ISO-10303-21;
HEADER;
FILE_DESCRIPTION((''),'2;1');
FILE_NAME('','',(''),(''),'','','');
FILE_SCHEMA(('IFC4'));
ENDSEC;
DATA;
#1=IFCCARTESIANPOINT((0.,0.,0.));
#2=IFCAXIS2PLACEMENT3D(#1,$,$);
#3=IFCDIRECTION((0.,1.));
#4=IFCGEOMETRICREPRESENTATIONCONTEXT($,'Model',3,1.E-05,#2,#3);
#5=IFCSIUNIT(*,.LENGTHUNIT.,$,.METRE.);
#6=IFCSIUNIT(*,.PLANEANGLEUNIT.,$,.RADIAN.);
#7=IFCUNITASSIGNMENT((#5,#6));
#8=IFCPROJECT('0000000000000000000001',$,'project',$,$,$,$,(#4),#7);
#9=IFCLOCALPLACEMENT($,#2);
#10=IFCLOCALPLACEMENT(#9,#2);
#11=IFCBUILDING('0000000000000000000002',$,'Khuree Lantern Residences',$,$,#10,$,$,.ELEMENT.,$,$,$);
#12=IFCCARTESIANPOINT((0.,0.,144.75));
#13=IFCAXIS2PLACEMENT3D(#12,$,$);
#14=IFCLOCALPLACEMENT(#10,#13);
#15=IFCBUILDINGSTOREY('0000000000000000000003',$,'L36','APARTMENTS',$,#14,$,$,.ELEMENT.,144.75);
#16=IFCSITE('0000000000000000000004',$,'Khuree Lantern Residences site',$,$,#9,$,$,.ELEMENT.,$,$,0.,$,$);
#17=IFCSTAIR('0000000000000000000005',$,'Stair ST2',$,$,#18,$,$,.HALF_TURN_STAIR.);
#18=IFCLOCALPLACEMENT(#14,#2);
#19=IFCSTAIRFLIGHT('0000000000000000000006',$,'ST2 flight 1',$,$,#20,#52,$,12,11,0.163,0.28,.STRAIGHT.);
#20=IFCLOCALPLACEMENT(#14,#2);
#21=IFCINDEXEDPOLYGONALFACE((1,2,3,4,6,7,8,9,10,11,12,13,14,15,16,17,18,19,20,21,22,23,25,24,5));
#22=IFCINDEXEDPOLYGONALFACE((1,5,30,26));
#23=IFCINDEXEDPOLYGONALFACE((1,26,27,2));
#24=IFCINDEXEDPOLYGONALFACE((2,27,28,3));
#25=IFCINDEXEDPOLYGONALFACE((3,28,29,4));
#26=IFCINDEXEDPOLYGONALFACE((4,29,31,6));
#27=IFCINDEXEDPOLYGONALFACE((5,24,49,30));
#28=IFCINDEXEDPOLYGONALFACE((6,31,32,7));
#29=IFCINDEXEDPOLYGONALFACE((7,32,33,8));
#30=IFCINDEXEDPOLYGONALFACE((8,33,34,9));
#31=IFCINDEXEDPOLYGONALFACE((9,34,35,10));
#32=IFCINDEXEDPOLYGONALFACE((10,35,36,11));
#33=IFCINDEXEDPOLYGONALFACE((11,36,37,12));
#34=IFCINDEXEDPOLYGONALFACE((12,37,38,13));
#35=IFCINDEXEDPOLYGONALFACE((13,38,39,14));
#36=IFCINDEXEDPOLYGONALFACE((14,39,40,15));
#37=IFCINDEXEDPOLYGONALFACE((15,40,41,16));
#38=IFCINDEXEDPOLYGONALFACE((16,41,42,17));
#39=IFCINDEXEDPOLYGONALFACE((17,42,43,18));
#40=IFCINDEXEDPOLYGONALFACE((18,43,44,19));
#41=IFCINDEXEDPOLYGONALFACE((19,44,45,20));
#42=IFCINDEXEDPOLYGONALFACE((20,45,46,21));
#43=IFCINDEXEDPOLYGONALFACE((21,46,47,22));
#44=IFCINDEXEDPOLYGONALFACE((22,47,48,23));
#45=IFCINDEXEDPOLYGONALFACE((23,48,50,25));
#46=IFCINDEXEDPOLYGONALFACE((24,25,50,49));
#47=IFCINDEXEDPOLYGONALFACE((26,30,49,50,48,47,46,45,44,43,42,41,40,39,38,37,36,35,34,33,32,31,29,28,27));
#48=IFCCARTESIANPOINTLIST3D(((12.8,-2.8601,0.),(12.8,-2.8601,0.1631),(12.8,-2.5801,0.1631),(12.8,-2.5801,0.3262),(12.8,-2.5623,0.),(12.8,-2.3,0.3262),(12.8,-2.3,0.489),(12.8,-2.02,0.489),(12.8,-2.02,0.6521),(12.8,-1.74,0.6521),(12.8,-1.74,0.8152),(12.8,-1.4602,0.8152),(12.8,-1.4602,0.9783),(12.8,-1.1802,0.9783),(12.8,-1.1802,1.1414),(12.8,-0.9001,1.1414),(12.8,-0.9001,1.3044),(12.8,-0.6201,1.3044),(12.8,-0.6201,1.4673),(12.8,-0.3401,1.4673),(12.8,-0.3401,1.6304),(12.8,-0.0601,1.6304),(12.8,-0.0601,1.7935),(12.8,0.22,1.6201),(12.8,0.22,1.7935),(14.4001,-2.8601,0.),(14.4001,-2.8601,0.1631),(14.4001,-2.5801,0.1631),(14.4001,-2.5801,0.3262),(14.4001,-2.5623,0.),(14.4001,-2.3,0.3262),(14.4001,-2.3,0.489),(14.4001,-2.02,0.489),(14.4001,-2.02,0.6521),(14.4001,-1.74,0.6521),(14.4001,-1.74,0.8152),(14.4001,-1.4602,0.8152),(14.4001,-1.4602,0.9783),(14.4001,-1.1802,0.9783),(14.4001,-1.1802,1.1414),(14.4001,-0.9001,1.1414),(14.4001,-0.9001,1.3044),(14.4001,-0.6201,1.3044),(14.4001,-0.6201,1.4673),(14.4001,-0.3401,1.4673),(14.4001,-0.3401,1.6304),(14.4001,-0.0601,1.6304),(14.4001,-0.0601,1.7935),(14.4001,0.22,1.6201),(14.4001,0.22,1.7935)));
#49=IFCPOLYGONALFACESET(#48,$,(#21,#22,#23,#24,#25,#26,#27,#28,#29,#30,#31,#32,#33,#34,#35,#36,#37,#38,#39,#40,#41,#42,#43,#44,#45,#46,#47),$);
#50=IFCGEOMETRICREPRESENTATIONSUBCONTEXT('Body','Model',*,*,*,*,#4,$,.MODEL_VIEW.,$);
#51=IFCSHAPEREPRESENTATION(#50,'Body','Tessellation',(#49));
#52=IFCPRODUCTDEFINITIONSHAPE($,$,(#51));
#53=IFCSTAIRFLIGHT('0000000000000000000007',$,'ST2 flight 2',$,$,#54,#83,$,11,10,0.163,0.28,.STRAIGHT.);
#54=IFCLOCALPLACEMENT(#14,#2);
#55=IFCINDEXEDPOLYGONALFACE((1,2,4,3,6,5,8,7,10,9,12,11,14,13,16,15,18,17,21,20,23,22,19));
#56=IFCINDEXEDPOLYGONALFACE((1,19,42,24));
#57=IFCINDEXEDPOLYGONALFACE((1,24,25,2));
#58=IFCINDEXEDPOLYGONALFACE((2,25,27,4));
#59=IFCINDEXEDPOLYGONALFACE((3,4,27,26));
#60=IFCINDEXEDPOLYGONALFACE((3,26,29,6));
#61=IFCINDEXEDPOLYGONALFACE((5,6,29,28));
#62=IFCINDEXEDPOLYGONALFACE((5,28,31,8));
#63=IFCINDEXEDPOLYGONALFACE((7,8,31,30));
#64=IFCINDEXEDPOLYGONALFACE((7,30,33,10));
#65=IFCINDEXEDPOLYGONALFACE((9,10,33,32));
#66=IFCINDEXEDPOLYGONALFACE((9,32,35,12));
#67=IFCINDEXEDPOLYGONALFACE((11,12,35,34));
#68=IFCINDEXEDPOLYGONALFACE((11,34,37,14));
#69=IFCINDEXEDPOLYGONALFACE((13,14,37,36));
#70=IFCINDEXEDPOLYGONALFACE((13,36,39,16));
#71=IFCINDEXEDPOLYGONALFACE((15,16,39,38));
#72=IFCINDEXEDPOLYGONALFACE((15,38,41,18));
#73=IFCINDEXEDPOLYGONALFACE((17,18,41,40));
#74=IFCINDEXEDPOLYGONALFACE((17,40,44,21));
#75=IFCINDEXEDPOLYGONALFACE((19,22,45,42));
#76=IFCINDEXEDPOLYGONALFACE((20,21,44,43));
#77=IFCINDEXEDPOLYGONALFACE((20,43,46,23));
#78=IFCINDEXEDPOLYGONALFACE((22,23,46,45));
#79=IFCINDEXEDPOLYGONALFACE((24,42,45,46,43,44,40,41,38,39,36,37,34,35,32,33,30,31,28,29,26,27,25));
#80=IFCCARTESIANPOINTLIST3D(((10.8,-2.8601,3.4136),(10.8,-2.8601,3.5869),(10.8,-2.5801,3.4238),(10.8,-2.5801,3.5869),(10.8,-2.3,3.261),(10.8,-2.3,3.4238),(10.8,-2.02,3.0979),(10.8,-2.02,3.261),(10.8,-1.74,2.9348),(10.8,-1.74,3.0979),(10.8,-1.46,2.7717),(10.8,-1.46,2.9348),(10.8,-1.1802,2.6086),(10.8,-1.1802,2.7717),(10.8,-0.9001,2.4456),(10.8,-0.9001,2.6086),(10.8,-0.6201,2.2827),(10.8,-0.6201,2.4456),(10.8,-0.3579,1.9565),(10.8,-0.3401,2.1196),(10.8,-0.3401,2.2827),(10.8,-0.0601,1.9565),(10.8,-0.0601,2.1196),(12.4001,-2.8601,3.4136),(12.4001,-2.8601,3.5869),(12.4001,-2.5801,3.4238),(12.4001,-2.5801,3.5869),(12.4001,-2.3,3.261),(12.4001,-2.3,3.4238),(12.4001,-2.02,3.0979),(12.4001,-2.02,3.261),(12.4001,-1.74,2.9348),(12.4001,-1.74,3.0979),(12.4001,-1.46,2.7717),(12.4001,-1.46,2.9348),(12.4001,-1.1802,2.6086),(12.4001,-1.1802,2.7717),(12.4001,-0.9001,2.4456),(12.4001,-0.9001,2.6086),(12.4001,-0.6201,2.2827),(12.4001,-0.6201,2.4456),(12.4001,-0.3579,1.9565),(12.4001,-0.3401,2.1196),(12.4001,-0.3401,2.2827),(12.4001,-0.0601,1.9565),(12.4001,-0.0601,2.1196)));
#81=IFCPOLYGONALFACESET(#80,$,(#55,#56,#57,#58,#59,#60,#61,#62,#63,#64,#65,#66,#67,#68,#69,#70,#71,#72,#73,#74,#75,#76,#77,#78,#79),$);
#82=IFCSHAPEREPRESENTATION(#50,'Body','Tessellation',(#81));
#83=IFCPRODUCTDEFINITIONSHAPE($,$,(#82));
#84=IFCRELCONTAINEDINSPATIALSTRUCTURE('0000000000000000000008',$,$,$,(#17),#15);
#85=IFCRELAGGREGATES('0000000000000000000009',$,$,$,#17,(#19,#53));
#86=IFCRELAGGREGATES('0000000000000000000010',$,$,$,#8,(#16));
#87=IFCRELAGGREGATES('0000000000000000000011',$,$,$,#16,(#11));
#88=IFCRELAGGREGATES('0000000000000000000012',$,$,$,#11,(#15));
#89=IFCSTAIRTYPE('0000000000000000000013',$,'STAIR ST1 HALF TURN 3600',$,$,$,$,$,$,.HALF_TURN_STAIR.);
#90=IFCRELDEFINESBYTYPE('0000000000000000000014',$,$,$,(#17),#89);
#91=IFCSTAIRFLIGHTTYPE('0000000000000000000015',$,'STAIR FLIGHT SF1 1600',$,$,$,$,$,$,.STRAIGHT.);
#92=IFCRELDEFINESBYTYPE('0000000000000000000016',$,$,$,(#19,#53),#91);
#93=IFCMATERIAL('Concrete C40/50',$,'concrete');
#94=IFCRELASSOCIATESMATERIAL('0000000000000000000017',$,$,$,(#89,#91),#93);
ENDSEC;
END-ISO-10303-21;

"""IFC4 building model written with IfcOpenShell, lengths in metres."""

from ifc_helpers import new_model, si_unit, direction, frame, origin, place, context, subcontext, project, spatial, polyline, outline, extrude, material, type_object, element, aggregate, save


model = new_model("IFC4")

# Units and contexts
model_context = context("Model", 3, precision=1e-05, world=origin(), true_north=direction((0.0, 1.0)))
body_context = subcontext(model_context, "Body", "Model", "MODEL_VIEW")
ifc_project = project(units=[si_unit("LENGTHUNIT", "METRE"), si_unit("PLANEANGLEUNIT", "RADIAN")], contexts=[model_context])

# Site, building, storey
site_placement = place(None, origin())
site = spatial("IfcSite", under=ifc_project, at=site_placement, Name="Khuree Lantern Residences site", CompositionType="ELEMENT", RefElevation=0.0)
building_placement = place(site_placement, origin())
building = spatial("IfcBuilding", under=site, at=building_placement, Name="Khuree Lantern Residences", CompositionType="ELEMENT")
storey_placement = place(building_placement, frame((0.0, 0.0, 144.75)))
storey = spatial("IfcBuildingStorey", under=building, at=storey_placement, Name="L36", Description="APARTMENTS", CompositionType="ELEMENT", Elevation=144.75)

# Stair
ifc_material_1 = material(Name="Concrete C40/50", Category="concrete")
stair_type = type_object("IfcStairType", Name="STAIR ST1 HALF TURN 3600", PredefinedType="HALF_TURN_STAIR", material=ifc_material_1)
stair_1_placement = place(storey_placement, origin())
stair_1 = element("IfcStair", 1, at=stair_1_placement, inside=storey, type_object=stair_type, Name="Stair ST2", PredefinedType="HALF_TURN_STAIR")

# Stair flights
stair_flight_type = type_object("IfcStairFlightType", Name="STAIR FLIGHT SF1 1600", PredefinedType="STRAIGHT", material=ifc_material_1)
stair_flight_1_placement = place(storey_placement, frame((13.6001, -2.8601, 0.0), z_axis=(0.0, 0.0, 1.0), x_axis=(0.0, 1.0, 0.0)))
stair_flight_1 = element("IfcStairFlight", 2, at=stair_flight_1_placement, type_object=stair_flight_type, Name="ST2 flight 1", NumberOfRisers=12, NumberOfTreads=11, PredefinedType="STRAIGHT", RiserHeight=0.163, TreadLength=0.28, context=body_context, shape_type="SweptSolid", body=[
    extrude(outline(polyline([(0.0, 0.0), (0.0, 0.1631), (0.28, 0.1631), (0.28, 0.3262), (0.5601, 0.3262), (0.5601, 0.489), (0.8401, 0.489), (0.8401, 0.6521), (1.1201, 0.6521), (1.1201, 0.8152), (1.3999, 0.8152), (1.3999, 0.9783), (1.6799, 0.9783), (1.6799, 1.1414), (1.96, 1.1414), (1.96, 1.3044), (2.24, 1.3044), (2.24, 1.4673), (2.52, 1.4673), (2.52, 1.6304), (2.8, 1.6304), (2.8, 1.7935), (3.0801, 1.7935), (3.0801, 1.9565), (3.0801, 1.6201), (0.2979, 0.0), (0.0, 0.0)])), frame((0.0, 0.8, 0.0), z_axis=(0.0, -1.0, 0.0), x_axis=(1.0, 0.0, 0.0)), (0.0, 0.0, 1.0), 1.6001),
])
stair_flight_2_placement = place(storey_placement, frame((11.6001, -0.0601, 1.9565), z_axis=(0.0, 0.0, 1.0), x_axis=(0.0, -1.0, 0.0)))
stair_flight_2 = element("IfcStairFlight", 3, at=stair_flight_2_placement, type_object=stair_flight_type, Name="ST2 flight 2", NumberOfRisers=11, NumberOfTreads=10, PredefinedType="STRAIGHT", RiserHeight=0.163, TreadLength=0.28, context=body_context, shape_type="SweptSolid", body=[
    extrude(outline(polyline([(0.0, 0.0), (0.0, 0.1631), (0.28, 0.1631), (0.28, 0.3262), (0.5601, 0.3262), (0.5601, 0.489), (0.8401, 0.489), (0.8401, 0.6521), (1.1201, 0.6521), (1.1201, 0.8152), (1.3999, 0.8152), (1.3999, 0.9783), (1.6799, 0.9783), (1.6799, 1.1414), (1.96, 1.1414), (1.96, 1.3044), (2.24, 1.3044), (2.24, 1.4673), (2.52, 1.4673), (2.52, 1.6304), (2.8, 1.6304), (2.8, 1.7935), (2.8, 1.457), (0.2979, 0.0), (0.0, 0.0)])), frame((0.0, 0.8, 0.0), z_axis=(0.0, -1.0, 0.0), x_axis=(1.0, 0.0, 0.0)), (0.0, 0.0, 1.0), 1.6001),
])
aggregate(stair_1, [stair_flight_1, stair_flight_2])

save(model, "model.ifc")
